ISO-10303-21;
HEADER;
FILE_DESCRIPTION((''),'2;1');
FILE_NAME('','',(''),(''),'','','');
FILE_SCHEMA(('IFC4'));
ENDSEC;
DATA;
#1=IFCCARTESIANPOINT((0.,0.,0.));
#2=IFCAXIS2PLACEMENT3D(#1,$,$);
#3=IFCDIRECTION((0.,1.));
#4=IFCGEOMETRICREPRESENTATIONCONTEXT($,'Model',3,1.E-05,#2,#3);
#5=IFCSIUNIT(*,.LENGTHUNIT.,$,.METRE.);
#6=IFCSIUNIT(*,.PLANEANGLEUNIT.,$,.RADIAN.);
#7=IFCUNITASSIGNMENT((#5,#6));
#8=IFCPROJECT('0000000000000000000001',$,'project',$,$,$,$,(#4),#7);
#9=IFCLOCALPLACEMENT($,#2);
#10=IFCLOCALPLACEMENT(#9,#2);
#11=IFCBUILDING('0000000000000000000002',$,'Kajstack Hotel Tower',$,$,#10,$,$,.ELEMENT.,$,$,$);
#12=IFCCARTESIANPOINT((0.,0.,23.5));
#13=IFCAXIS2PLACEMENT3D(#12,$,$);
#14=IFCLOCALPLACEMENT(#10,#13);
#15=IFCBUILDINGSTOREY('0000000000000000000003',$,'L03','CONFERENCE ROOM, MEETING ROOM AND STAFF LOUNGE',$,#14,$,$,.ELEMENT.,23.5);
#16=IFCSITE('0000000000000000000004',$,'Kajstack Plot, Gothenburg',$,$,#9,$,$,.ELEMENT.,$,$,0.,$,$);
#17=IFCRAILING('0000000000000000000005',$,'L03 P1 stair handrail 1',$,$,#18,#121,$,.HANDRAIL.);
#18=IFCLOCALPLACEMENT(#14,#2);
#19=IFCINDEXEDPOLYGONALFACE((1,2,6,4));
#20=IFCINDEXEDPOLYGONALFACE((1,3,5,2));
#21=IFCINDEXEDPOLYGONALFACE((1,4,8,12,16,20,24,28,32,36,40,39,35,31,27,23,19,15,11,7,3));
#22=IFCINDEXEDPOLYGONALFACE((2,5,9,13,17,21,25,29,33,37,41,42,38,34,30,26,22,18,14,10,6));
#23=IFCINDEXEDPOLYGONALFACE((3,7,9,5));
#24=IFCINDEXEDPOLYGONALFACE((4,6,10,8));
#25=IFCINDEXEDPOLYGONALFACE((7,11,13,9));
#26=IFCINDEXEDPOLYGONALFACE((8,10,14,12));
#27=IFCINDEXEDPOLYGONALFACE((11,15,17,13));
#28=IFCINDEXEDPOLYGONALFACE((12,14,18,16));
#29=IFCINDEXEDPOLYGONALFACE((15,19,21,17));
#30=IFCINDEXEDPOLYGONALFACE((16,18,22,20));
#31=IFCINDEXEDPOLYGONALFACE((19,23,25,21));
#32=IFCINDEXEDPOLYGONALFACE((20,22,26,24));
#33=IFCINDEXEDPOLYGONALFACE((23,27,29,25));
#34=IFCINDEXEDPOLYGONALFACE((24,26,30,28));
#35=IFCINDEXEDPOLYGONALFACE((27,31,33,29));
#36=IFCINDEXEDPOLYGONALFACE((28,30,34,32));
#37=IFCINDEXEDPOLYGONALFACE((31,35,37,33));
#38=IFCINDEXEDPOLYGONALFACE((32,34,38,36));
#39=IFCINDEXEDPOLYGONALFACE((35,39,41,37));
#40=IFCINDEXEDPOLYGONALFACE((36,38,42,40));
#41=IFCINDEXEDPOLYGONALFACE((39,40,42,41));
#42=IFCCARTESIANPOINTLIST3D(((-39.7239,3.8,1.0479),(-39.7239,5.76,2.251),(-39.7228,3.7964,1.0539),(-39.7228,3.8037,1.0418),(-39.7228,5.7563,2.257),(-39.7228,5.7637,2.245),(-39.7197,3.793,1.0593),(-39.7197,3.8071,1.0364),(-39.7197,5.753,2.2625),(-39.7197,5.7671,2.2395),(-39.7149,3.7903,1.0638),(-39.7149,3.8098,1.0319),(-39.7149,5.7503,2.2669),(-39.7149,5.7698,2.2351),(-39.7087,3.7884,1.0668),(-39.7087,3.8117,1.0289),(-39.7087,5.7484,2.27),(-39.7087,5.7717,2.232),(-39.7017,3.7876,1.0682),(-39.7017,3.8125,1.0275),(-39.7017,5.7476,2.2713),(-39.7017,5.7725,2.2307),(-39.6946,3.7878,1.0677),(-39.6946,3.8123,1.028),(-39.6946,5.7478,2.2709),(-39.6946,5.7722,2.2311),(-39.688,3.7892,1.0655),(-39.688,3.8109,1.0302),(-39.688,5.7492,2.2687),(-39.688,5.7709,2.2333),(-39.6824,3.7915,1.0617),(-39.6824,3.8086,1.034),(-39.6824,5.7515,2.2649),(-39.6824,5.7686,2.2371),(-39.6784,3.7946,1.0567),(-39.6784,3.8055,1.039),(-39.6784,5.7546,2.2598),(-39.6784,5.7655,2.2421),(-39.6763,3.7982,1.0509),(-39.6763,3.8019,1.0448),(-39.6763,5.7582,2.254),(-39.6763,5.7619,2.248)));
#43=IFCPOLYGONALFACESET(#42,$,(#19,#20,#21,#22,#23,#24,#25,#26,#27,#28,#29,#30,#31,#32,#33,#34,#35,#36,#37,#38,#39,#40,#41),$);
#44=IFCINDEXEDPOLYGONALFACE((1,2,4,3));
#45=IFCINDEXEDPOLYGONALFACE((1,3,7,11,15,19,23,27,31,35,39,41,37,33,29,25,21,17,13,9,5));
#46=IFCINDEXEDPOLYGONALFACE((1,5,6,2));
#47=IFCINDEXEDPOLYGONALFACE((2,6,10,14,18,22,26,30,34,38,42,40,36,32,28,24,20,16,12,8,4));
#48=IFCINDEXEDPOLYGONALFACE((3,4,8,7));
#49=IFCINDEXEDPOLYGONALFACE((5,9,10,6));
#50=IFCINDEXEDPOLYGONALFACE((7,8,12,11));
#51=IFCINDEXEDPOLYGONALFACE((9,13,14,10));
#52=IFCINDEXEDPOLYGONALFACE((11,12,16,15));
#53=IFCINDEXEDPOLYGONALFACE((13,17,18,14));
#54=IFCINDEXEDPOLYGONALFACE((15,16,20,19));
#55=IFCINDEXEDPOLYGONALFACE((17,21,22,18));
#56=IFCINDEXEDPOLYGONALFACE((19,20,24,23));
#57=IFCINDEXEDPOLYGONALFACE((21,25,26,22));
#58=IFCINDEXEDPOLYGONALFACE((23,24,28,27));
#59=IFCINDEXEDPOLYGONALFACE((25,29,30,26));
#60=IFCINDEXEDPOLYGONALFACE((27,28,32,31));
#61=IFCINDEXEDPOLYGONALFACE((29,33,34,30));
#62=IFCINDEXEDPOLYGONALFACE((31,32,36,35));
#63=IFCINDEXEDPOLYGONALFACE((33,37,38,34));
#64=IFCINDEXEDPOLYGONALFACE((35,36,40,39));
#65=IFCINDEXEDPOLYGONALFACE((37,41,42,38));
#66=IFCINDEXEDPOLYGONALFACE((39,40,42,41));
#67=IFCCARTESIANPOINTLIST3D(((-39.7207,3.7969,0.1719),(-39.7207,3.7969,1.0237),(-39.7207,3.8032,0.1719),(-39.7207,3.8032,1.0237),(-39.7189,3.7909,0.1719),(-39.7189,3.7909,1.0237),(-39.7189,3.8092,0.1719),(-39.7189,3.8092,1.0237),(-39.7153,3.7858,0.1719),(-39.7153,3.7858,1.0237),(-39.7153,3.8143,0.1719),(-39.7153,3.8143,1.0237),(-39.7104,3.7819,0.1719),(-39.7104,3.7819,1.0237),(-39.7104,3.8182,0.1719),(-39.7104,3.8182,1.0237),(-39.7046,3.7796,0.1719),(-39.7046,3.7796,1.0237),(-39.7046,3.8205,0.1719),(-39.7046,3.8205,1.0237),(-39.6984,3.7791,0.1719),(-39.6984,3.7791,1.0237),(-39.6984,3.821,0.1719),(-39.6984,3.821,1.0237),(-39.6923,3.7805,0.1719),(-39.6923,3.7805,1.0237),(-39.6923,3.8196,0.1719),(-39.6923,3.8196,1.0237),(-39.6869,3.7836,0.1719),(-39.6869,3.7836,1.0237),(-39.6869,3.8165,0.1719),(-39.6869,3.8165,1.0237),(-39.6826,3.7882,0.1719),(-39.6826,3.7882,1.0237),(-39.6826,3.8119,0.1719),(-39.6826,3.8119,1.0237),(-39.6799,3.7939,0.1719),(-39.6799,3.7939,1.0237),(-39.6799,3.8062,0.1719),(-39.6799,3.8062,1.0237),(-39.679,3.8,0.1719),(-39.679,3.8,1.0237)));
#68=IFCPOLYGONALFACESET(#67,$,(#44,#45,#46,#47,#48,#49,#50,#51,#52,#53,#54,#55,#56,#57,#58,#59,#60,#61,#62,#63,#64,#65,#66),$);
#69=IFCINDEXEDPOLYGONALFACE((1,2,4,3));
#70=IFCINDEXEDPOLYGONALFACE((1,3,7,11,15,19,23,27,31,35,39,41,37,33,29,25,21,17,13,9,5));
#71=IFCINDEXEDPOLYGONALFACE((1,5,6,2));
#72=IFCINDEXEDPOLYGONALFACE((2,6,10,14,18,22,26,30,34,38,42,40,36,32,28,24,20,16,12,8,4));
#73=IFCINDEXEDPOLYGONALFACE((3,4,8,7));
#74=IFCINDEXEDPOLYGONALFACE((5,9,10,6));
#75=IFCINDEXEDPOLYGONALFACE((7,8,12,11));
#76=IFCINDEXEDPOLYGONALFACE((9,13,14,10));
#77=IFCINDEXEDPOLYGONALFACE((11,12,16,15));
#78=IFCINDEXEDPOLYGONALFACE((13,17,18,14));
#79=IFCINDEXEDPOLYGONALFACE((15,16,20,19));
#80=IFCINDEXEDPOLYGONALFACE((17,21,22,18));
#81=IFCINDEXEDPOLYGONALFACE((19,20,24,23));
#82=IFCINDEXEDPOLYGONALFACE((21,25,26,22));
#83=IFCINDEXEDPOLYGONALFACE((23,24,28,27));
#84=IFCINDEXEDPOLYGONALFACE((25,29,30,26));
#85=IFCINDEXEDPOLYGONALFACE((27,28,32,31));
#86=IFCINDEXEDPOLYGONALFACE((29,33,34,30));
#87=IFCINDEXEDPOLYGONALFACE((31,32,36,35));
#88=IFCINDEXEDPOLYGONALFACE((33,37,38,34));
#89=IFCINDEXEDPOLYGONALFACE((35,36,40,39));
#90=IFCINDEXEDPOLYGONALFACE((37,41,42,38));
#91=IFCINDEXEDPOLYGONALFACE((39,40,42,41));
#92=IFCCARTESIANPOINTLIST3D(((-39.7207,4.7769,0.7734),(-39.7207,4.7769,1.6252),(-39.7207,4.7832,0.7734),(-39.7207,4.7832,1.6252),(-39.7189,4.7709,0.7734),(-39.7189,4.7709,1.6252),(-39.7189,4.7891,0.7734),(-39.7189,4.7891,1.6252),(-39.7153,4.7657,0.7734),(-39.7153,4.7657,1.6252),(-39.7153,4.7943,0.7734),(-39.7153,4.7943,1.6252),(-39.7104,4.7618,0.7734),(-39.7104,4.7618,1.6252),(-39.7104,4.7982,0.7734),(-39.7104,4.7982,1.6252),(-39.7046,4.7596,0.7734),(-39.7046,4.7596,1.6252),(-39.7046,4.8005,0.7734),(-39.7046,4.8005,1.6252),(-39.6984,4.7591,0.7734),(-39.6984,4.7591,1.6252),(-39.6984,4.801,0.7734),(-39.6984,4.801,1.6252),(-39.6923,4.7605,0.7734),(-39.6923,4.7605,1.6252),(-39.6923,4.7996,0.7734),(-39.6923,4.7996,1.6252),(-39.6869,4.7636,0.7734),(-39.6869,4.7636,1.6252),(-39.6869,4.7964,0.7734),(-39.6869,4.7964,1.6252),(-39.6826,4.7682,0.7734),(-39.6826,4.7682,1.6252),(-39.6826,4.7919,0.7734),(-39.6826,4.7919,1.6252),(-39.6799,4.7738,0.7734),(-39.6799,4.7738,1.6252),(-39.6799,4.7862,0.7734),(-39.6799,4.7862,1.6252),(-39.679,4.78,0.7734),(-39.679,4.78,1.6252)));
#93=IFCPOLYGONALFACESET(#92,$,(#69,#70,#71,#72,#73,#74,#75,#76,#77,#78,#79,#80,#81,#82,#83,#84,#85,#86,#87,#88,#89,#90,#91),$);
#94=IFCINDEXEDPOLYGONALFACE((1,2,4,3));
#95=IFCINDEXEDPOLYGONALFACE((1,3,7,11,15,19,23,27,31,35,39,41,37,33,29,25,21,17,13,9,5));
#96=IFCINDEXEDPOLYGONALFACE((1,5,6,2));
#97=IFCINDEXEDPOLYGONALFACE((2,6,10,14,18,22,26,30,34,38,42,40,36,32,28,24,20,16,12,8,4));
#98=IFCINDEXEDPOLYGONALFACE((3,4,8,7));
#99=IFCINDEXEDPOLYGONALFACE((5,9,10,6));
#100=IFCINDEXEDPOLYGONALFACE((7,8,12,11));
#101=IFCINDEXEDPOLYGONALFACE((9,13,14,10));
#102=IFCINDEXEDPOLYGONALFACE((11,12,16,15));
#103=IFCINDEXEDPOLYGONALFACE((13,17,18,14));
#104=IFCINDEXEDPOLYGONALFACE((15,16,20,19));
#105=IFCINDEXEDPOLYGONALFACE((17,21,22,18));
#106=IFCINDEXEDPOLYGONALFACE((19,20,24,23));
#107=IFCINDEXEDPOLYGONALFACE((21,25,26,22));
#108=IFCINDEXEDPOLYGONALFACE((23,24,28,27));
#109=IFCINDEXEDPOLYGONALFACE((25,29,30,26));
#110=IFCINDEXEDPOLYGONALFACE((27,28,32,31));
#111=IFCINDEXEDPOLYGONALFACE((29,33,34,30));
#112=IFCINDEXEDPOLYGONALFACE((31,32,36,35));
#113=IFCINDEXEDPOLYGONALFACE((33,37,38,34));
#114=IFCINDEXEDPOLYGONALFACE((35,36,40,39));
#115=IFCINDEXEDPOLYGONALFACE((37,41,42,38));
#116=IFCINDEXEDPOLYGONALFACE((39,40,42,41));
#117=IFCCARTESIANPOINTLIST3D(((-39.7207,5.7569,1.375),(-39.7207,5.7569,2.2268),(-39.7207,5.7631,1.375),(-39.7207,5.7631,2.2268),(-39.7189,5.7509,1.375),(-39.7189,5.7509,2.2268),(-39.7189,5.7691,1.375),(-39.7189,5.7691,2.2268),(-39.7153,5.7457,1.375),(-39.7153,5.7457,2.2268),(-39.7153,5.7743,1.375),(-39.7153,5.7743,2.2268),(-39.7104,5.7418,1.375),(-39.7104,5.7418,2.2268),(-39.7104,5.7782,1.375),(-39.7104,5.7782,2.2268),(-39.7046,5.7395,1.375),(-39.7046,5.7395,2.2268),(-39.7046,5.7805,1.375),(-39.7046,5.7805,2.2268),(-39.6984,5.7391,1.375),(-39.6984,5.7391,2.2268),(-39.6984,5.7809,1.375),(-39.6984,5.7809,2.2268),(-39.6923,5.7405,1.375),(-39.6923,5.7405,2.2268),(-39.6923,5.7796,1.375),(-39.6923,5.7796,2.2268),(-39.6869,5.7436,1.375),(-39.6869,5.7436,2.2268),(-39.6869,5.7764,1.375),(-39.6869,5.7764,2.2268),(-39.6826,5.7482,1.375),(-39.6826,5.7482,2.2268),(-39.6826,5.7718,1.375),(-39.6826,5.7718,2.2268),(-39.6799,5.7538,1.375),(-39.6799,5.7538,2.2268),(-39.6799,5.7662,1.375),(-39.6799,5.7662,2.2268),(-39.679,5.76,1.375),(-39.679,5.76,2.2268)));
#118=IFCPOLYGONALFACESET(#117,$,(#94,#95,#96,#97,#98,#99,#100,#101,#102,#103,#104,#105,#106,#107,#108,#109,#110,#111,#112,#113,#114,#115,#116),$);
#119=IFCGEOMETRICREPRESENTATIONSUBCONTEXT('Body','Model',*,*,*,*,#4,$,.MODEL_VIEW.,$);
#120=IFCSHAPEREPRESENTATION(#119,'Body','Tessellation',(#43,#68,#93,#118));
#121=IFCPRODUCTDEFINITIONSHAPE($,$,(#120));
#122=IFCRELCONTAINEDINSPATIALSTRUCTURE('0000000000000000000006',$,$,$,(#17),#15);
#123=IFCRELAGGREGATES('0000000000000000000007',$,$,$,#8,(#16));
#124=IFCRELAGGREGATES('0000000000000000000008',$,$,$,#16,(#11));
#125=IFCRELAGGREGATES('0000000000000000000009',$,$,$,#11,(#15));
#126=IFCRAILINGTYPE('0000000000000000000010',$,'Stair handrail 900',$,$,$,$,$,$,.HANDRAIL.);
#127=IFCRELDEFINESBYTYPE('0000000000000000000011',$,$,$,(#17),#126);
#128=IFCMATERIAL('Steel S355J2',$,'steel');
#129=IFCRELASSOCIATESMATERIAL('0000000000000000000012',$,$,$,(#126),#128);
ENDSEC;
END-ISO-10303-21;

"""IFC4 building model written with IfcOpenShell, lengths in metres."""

from ifc_helpers import new_model, si_unit, direction, frame, origin, origin_2d, place, context, subcontext, project, spatial, circle, extrude, material, type_object, element, save


model = new_model("IFC4")

# Units and contexts
model_context = context("Model", 3, precision=1e-05, world=origin(), true_north=direction((0.0, 1.0)))
body_context = subcontext(model_context, "Body", "Model", "MODEL_VIEW")
ifc_project = project(units=[si_unit("LENGTHUNIT", "METRE"), si_unit("PLANEANGLEUNIT", "RADIAN")], contexts=[model_context])

# Site, building, storey
site_placement = place(None, origin())
site = spatial("IfcSite", under=ifc_project, at=site_placement, Name="Kajstack Plot, Gothenburg", CompositionType="ELEMENT", RefElevation=0.0)
building_placement = place(site_placement, origin())
building = spatial("IfcBuilding", under=site, at=building_placement, Name="Kajstack Hotel Tower", CompositionType="ELEMENT")
storey_placement = place(building_placement, frame((0.0, 0.0, 23.5)))
storey = spatial("IfcBuildingStorey", under=building, at=storey_placement, Name="L03", Description="CONFERENCE ROOM, MEETING ROOM AND STAFF LOUNGE", CompositionType="ELEMENT", Elevation=23.5)

# Railing
ifc_material_1 = material(Name="Steel S355J2", Category="steel")
railing_type_1 = type_object("IfcRailingType", Name="Stair handrail 900", PredefinedType="HANDRAIL", material=ifc_material_1)
railing_1_placement = place(storey_placement, frame((-39.7, 3.8, 0.1719)))
element("IfcRailing", 1, at=railing_1_placement, inside=storey, type_object=railing_type_1, Name="L03 P1 stair handrail 1", PredefinedType="HANDRAIL", context=body_context, shape_type="SweptSolid", body=[
    extrude(circle(Radius=0.0239, at=origin_2d()), frame((0.0, 0.0, 0.876), z_axis=(0.0, 0.852241, 0.523149), x_axis=(-1.0, 0.0, 0.0)), (0.0, 0.0, 1.0), 2.2998),
    extrude(circle(Radius=0.021, at=origin_2d()), origin(), (0.0, 0.0, 1.0), 0.8518),
    extrude(circle(Radius=0.021, at=origin_2d()), frame((0.0, 0.98, 0.6016)), (0.0, 0.0, 1.0), 0.8518),
    extrude(circle(Radius=0.021, at=origin_2d()), frame((0.0, 1.96, 1.2031)), (0.0, 0.0, 1.0), 0.8518),
])

save(model, "model.ifc")
